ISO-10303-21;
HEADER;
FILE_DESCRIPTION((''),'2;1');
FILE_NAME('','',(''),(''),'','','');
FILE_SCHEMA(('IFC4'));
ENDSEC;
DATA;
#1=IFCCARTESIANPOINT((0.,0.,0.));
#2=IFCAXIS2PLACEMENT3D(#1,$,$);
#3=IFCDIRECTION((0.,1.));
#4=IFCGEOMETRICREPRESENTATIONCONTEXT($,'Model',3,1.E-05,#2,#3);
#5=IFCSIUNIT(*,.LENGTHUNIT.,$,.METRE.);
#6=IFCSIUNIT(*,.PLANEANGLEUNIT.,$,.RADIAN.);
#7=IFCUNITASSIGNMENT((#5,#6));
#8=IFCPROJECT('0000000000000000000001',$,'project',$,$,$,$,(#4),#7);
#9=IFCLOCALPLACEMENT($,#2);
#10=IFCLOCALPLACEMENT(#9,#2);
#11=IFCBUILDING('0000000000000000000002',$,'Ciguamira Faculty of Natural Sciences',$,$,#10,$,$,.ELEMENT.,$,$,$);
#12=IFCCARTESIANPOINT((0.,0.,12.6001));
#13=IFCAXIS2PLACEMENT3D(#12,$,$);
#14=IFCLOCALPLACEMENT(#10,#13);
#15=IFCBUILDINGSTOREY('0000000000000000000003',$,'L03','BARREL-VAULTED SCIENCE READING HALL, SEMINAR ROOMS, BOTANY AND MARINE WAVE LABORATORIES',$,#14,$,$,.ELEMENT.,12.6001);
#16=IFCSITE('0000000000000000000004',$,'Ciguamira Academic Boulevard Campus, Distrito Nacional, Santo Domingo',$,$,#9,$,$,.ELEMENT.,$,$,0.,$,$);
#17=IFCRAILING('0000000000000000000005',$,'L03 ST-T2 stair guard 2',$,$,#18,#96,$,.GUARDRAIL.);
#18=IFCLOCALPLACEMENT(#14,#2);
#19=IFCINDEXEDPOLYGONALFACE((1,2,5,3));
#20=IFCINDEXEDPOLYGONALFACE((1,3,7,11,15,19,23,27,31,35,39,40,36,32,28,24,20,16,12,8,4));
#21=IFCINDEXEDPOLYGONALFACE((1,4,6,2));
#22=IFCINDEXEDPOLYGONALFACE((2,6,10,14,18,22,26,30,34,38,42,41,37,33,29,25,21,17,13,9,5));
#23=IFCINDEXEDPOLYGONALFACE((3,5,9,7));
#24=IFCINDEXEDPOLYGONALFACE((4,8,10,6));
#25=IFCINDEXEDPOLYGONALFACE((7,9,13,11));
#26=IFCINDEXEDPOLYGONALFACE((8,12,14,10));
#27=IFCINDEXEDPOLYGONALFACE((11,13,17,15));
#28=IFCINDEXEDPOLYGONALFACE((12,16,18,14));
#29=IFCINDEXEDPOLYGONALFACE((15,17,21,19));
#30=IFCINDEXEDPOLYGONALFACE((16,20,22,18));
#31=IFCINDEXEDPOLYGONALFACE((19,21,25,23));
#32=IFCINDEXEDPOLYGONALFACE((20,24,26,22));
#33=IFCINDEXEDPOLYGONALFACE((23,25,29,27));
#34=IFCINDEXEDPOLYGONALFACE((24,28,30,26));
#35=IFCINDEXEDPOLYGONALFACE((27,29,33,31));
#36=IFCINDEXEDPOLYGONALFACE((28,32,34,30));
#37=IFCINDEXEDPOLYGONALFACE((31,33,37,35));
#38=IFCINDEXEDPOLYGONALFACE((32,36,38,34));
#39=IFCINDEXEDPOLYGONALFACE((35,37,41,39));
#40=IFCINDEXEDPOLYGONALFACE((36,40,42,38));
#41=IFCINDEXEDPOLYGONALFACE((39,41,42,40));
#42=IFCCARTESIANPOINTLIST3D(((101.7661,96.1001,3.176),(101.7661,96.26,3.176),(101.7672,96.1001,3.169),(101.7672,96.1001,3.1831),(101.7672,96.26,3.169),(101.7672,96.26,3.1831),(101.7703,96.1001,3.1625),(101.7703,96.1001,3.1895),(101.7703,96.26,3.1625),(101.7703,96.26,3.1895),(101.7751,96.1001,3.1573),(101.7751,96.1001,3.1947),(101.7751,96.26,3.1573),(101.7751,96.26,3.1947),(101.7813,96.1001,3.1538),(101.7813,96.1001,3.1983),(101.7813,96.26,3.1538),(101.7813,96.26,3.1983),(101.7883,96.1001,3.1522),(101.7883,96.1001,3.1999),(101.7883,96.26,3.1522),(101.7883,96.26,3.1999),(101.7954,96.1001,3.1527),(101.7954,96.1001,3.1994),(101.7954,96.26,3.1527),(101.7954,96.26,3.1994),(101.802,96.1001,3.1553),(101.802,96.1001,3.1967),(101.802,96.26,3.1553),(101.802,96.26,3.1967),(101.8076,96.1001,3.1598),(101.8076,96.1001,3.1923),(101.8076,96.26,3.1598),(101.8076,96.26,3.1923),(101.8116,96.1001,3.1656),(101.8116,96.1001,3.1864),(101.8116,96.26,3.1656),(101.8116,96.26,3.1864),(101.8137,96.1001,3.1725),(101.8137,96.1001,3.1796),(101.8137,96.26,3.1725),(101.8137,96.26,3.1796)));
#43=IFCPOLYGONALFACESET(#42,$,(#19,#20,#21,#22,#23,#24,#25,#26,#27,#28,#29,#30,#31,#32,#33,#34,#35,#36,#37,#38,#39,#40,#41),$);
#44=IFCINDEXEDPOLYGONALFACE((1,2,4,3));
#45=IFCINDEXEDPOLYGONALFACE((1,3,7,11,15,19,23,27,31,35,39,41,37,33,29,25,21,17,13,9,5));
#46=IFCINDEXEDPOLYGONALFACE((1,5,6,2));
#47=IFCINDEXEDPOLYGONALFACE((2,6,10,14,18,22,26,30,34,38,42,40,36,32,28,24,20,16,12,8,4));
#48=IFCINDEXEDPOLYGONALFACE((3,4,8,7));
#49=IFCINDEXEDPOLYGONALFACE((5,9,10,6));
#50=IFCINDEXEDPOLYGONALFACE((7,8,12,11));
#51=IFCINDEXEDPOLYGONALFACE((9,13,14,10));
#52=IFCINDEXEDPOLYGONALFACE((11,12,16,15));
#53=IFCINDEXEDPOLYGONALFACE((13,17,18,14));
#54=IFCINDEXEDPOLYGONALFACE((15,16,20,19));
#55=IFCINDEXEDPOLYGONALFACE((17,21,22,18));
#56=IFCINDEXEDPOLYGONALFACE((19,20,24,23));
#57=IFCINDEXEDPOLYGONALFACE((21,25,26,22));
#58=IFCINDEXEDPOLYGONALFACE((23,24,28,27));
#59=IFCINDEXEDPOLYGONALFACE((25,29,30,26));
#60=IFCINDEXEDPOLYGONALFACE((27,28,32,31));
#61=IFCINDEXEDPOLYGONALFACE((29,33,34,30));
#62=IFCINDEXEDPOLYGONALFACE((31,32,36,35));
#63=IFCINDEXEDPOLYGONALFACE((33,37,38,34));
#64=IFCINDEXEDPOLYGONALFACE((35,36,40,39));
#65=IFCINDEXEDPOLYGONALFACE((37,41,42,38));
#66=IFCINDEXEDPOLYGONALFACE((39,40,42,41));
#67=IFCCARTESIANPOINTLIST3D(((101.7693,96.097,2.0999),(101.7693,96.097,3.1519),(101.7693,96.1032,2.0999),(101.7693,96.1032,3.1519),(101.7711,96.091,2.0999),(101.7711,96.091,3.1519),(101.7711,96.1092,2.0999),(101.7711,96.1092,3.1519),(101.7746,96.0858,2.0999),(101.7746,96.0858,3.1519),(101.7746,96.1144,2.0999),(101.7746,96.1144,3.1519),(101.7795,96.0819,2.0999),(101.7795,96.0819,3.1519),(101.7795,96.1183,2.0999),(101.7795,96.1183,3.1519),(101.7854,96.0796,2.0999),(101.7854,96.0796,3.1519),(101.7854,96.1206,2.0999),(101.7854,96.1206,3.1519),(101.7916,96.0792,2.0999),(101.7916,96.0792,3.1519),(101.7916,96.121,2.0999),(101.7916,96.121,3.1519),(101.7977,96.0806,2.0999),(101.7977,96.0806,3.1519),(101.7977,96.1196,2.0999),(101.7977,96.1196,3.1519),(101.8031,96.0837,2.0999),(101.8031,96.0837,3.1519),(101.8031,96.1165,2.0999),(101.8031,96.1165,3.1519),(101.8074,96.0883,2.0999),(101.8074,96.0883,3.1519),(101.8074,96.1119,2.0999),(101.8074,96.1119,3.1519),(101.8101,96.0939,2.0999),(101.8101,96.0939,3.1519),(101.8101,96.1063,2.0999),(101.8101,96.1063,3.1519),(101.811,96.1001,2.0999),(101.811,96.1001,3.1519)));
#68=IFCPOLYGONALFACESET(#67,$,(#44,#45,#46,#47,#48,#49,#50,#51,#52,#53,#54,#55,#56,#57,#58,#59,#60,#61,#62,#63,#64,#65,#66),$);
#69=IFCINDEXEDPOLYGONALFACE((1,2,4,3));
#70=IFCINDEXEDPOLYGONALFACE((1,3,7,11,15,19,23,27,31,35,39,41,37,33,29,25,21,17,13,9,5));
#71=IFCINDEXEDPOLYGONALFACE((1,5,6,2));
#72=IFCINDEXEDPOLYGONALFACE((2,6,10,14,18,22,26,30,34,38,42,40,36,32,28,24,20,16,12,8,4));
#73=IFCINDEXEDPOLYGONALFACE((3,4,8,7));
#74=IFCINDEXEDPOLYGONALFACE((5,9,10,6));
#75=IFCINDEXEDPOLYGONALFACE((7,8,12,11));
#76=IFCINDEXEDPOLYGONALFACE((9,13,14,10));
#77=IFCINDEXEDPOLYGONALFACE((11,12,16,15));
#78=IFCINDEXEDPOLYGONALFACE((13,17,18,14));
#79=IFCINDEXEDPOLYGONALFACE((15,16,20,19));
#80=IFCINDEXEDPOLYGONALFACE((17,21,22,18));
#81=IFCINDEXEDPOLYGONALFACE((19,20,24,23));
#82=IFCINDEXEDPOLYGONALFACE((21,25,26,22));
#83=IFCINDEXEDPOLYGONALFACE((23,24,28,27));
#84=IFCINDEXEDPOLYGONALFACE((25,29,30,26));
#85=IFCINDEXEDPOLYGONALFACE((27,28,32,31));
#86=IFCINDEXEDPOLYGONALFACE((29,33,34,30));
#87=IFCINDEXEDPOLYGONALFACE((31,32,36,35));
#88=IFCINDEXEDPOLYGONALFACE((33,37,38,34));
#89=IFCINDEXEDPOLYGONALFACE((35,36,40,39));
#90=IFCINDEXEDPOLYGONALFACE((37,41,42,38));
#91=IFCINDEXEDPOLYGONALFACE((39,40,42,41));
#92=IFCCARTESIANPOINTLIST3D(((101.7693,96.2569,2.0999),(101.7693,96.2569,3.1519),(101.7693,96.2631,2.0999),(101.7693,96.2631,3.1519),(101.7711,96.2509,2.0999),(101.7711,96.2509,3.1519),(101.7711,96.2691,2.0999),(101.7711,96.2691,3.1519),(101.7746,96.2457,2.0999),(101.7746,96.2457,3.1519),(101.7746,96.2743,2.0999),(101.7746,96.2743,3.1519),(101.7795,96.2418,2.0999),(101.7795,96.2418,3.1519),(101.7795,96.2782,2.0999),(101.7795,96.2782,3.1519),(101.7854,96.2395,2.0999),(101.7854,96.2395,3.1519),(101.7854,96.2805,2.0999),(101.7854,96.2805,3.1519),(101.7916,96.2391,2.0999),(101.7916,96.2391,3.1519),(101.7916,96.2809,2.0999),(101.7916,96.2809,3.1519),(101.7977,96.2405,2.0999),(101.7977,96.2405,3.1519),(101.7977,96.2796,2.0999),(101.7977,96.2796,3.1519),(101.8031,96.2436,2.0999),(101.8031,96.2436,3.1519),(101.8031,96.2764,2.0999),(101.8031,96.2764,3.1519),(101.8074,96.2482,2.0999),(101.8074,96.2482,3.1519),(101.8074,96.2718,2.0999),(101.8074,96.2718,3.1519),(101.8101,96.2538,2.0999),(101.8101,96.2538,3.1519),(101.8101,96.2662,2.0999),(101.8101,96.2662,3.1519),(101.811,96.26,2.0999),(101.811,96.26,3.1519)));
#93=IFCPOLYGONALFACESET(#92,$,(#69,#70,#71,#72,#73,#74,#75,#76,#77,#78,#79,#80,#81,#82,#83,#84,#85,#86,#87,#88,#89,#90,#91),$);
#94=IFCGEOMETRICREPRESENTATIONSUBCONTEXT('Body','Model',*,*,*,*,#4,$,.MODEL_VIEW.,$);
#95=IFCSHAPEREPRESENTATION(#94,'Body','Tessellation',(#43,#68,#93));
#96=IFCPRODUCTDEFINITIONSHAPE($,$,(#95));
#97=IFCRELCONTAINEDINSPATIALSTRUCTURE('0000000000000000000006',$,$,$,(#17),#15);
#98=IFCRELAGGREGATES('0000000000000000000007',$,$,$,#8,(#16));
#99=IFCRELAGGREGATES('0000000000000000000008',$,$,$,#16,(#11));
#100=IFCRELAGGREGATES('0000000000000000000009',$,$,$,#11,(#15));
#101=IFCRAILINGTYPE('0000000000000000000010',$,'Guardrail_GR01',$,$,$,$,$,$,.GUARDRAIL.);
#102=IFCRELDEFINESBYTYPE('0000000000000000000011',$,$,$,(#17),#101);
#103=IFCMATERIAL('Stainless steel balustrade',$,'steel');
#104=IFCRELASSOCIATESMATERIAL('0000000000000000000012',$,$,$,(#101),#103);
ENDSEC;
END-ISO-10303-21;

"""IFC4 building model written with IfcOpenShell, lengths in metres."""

from ifc_helpers import new_model, si_unit, direction, frame, origin, origin_2d, place, context, subcontext, project, spatial, circle, extrude, material, type_object, element, save


model = new_model("IFC4")

# Units and contexts
model_context = context("Model", 3, precision=1e-05, world=origin(), true_north=direction((0.0, 1.0)))
body_context = subcontext(model_context, "Body", "Model", "MODEL_VIEW")
ifc_project = project(units=[si_unit("LENGTHUNIT", "METRE"), si_unit("PLANEANGLEUNIT", "RADIAN")], contexts=[model_context])

# Site, building, storey
site_placement = place(None, origin())
site = spatial("IfcSite", under=ifc_project, at=site_placement, Name="Ciguamira Academic Boulevard Campus, Distrito Nacional, Santo Domingo", CompositionType="ELEMENT", RefElevation=0.0)
building_placement = place(site_placement, origin())
building = spatial("IfcBuilding", under=site, at=building_placement, Name="Ciguamira Faculty of Natural Sciences", CompositionType="ELEMENT")
storey_placement = place(building_placement, frame((0.0, 0.0, 12.6001)))
storey = spatial("IfcBuildingStorey", under=building, at=storey_placement, Name="L03", Description="BARREL-VAULTED SCIENCE READING HALL, SEMINAR ROOMS, BOTANY AND MARINE WAVE LABORATORIES", CompositionType="ELEMENT", Elevation=12.6001)

# Railing
ifc_material_1 = material(Name="Stainless steel balustrade", Category="steel")
railing_type_1 = type_object("IfcRailingType", Name="Guardrail_GR01", PredefinedType="GUARDRAIL", material=ifc_material_1)
railing_1_placement = place(storey_placement, frame((101.79, 96.1001, 2.0999)))
element("IfcRailing", 1, at=railing_1_placement, inside=storey, type_object=railing_type_1, Name="L03 ST-T2 stair guard 2", PredefinedType="GUARDRAIL", context=body_context, shape_type="SweptSolid", body=[
    extrude(circle(Radius=0.0239, at=origin_2d()), frame((0.0, 0.0, 1.0762), z_axis=(0.0, 1.0, 0.0), x_axis=(-1.0, 0.0, 0.0)), (0.0, 0.0, 1.0), 0.1599),
    extrude(circle(Radius=0.021, at=origin_2d()), origin(), (0.0, 0.0, 1.0), 1.052),
    extrude(circle(Radius=0.021, at=origin_2d()), frame((0.0, 0.1599, 0.0)), (0.0, 0.0, 1.0), 1.052),
])

save(model, "model.ifc")
